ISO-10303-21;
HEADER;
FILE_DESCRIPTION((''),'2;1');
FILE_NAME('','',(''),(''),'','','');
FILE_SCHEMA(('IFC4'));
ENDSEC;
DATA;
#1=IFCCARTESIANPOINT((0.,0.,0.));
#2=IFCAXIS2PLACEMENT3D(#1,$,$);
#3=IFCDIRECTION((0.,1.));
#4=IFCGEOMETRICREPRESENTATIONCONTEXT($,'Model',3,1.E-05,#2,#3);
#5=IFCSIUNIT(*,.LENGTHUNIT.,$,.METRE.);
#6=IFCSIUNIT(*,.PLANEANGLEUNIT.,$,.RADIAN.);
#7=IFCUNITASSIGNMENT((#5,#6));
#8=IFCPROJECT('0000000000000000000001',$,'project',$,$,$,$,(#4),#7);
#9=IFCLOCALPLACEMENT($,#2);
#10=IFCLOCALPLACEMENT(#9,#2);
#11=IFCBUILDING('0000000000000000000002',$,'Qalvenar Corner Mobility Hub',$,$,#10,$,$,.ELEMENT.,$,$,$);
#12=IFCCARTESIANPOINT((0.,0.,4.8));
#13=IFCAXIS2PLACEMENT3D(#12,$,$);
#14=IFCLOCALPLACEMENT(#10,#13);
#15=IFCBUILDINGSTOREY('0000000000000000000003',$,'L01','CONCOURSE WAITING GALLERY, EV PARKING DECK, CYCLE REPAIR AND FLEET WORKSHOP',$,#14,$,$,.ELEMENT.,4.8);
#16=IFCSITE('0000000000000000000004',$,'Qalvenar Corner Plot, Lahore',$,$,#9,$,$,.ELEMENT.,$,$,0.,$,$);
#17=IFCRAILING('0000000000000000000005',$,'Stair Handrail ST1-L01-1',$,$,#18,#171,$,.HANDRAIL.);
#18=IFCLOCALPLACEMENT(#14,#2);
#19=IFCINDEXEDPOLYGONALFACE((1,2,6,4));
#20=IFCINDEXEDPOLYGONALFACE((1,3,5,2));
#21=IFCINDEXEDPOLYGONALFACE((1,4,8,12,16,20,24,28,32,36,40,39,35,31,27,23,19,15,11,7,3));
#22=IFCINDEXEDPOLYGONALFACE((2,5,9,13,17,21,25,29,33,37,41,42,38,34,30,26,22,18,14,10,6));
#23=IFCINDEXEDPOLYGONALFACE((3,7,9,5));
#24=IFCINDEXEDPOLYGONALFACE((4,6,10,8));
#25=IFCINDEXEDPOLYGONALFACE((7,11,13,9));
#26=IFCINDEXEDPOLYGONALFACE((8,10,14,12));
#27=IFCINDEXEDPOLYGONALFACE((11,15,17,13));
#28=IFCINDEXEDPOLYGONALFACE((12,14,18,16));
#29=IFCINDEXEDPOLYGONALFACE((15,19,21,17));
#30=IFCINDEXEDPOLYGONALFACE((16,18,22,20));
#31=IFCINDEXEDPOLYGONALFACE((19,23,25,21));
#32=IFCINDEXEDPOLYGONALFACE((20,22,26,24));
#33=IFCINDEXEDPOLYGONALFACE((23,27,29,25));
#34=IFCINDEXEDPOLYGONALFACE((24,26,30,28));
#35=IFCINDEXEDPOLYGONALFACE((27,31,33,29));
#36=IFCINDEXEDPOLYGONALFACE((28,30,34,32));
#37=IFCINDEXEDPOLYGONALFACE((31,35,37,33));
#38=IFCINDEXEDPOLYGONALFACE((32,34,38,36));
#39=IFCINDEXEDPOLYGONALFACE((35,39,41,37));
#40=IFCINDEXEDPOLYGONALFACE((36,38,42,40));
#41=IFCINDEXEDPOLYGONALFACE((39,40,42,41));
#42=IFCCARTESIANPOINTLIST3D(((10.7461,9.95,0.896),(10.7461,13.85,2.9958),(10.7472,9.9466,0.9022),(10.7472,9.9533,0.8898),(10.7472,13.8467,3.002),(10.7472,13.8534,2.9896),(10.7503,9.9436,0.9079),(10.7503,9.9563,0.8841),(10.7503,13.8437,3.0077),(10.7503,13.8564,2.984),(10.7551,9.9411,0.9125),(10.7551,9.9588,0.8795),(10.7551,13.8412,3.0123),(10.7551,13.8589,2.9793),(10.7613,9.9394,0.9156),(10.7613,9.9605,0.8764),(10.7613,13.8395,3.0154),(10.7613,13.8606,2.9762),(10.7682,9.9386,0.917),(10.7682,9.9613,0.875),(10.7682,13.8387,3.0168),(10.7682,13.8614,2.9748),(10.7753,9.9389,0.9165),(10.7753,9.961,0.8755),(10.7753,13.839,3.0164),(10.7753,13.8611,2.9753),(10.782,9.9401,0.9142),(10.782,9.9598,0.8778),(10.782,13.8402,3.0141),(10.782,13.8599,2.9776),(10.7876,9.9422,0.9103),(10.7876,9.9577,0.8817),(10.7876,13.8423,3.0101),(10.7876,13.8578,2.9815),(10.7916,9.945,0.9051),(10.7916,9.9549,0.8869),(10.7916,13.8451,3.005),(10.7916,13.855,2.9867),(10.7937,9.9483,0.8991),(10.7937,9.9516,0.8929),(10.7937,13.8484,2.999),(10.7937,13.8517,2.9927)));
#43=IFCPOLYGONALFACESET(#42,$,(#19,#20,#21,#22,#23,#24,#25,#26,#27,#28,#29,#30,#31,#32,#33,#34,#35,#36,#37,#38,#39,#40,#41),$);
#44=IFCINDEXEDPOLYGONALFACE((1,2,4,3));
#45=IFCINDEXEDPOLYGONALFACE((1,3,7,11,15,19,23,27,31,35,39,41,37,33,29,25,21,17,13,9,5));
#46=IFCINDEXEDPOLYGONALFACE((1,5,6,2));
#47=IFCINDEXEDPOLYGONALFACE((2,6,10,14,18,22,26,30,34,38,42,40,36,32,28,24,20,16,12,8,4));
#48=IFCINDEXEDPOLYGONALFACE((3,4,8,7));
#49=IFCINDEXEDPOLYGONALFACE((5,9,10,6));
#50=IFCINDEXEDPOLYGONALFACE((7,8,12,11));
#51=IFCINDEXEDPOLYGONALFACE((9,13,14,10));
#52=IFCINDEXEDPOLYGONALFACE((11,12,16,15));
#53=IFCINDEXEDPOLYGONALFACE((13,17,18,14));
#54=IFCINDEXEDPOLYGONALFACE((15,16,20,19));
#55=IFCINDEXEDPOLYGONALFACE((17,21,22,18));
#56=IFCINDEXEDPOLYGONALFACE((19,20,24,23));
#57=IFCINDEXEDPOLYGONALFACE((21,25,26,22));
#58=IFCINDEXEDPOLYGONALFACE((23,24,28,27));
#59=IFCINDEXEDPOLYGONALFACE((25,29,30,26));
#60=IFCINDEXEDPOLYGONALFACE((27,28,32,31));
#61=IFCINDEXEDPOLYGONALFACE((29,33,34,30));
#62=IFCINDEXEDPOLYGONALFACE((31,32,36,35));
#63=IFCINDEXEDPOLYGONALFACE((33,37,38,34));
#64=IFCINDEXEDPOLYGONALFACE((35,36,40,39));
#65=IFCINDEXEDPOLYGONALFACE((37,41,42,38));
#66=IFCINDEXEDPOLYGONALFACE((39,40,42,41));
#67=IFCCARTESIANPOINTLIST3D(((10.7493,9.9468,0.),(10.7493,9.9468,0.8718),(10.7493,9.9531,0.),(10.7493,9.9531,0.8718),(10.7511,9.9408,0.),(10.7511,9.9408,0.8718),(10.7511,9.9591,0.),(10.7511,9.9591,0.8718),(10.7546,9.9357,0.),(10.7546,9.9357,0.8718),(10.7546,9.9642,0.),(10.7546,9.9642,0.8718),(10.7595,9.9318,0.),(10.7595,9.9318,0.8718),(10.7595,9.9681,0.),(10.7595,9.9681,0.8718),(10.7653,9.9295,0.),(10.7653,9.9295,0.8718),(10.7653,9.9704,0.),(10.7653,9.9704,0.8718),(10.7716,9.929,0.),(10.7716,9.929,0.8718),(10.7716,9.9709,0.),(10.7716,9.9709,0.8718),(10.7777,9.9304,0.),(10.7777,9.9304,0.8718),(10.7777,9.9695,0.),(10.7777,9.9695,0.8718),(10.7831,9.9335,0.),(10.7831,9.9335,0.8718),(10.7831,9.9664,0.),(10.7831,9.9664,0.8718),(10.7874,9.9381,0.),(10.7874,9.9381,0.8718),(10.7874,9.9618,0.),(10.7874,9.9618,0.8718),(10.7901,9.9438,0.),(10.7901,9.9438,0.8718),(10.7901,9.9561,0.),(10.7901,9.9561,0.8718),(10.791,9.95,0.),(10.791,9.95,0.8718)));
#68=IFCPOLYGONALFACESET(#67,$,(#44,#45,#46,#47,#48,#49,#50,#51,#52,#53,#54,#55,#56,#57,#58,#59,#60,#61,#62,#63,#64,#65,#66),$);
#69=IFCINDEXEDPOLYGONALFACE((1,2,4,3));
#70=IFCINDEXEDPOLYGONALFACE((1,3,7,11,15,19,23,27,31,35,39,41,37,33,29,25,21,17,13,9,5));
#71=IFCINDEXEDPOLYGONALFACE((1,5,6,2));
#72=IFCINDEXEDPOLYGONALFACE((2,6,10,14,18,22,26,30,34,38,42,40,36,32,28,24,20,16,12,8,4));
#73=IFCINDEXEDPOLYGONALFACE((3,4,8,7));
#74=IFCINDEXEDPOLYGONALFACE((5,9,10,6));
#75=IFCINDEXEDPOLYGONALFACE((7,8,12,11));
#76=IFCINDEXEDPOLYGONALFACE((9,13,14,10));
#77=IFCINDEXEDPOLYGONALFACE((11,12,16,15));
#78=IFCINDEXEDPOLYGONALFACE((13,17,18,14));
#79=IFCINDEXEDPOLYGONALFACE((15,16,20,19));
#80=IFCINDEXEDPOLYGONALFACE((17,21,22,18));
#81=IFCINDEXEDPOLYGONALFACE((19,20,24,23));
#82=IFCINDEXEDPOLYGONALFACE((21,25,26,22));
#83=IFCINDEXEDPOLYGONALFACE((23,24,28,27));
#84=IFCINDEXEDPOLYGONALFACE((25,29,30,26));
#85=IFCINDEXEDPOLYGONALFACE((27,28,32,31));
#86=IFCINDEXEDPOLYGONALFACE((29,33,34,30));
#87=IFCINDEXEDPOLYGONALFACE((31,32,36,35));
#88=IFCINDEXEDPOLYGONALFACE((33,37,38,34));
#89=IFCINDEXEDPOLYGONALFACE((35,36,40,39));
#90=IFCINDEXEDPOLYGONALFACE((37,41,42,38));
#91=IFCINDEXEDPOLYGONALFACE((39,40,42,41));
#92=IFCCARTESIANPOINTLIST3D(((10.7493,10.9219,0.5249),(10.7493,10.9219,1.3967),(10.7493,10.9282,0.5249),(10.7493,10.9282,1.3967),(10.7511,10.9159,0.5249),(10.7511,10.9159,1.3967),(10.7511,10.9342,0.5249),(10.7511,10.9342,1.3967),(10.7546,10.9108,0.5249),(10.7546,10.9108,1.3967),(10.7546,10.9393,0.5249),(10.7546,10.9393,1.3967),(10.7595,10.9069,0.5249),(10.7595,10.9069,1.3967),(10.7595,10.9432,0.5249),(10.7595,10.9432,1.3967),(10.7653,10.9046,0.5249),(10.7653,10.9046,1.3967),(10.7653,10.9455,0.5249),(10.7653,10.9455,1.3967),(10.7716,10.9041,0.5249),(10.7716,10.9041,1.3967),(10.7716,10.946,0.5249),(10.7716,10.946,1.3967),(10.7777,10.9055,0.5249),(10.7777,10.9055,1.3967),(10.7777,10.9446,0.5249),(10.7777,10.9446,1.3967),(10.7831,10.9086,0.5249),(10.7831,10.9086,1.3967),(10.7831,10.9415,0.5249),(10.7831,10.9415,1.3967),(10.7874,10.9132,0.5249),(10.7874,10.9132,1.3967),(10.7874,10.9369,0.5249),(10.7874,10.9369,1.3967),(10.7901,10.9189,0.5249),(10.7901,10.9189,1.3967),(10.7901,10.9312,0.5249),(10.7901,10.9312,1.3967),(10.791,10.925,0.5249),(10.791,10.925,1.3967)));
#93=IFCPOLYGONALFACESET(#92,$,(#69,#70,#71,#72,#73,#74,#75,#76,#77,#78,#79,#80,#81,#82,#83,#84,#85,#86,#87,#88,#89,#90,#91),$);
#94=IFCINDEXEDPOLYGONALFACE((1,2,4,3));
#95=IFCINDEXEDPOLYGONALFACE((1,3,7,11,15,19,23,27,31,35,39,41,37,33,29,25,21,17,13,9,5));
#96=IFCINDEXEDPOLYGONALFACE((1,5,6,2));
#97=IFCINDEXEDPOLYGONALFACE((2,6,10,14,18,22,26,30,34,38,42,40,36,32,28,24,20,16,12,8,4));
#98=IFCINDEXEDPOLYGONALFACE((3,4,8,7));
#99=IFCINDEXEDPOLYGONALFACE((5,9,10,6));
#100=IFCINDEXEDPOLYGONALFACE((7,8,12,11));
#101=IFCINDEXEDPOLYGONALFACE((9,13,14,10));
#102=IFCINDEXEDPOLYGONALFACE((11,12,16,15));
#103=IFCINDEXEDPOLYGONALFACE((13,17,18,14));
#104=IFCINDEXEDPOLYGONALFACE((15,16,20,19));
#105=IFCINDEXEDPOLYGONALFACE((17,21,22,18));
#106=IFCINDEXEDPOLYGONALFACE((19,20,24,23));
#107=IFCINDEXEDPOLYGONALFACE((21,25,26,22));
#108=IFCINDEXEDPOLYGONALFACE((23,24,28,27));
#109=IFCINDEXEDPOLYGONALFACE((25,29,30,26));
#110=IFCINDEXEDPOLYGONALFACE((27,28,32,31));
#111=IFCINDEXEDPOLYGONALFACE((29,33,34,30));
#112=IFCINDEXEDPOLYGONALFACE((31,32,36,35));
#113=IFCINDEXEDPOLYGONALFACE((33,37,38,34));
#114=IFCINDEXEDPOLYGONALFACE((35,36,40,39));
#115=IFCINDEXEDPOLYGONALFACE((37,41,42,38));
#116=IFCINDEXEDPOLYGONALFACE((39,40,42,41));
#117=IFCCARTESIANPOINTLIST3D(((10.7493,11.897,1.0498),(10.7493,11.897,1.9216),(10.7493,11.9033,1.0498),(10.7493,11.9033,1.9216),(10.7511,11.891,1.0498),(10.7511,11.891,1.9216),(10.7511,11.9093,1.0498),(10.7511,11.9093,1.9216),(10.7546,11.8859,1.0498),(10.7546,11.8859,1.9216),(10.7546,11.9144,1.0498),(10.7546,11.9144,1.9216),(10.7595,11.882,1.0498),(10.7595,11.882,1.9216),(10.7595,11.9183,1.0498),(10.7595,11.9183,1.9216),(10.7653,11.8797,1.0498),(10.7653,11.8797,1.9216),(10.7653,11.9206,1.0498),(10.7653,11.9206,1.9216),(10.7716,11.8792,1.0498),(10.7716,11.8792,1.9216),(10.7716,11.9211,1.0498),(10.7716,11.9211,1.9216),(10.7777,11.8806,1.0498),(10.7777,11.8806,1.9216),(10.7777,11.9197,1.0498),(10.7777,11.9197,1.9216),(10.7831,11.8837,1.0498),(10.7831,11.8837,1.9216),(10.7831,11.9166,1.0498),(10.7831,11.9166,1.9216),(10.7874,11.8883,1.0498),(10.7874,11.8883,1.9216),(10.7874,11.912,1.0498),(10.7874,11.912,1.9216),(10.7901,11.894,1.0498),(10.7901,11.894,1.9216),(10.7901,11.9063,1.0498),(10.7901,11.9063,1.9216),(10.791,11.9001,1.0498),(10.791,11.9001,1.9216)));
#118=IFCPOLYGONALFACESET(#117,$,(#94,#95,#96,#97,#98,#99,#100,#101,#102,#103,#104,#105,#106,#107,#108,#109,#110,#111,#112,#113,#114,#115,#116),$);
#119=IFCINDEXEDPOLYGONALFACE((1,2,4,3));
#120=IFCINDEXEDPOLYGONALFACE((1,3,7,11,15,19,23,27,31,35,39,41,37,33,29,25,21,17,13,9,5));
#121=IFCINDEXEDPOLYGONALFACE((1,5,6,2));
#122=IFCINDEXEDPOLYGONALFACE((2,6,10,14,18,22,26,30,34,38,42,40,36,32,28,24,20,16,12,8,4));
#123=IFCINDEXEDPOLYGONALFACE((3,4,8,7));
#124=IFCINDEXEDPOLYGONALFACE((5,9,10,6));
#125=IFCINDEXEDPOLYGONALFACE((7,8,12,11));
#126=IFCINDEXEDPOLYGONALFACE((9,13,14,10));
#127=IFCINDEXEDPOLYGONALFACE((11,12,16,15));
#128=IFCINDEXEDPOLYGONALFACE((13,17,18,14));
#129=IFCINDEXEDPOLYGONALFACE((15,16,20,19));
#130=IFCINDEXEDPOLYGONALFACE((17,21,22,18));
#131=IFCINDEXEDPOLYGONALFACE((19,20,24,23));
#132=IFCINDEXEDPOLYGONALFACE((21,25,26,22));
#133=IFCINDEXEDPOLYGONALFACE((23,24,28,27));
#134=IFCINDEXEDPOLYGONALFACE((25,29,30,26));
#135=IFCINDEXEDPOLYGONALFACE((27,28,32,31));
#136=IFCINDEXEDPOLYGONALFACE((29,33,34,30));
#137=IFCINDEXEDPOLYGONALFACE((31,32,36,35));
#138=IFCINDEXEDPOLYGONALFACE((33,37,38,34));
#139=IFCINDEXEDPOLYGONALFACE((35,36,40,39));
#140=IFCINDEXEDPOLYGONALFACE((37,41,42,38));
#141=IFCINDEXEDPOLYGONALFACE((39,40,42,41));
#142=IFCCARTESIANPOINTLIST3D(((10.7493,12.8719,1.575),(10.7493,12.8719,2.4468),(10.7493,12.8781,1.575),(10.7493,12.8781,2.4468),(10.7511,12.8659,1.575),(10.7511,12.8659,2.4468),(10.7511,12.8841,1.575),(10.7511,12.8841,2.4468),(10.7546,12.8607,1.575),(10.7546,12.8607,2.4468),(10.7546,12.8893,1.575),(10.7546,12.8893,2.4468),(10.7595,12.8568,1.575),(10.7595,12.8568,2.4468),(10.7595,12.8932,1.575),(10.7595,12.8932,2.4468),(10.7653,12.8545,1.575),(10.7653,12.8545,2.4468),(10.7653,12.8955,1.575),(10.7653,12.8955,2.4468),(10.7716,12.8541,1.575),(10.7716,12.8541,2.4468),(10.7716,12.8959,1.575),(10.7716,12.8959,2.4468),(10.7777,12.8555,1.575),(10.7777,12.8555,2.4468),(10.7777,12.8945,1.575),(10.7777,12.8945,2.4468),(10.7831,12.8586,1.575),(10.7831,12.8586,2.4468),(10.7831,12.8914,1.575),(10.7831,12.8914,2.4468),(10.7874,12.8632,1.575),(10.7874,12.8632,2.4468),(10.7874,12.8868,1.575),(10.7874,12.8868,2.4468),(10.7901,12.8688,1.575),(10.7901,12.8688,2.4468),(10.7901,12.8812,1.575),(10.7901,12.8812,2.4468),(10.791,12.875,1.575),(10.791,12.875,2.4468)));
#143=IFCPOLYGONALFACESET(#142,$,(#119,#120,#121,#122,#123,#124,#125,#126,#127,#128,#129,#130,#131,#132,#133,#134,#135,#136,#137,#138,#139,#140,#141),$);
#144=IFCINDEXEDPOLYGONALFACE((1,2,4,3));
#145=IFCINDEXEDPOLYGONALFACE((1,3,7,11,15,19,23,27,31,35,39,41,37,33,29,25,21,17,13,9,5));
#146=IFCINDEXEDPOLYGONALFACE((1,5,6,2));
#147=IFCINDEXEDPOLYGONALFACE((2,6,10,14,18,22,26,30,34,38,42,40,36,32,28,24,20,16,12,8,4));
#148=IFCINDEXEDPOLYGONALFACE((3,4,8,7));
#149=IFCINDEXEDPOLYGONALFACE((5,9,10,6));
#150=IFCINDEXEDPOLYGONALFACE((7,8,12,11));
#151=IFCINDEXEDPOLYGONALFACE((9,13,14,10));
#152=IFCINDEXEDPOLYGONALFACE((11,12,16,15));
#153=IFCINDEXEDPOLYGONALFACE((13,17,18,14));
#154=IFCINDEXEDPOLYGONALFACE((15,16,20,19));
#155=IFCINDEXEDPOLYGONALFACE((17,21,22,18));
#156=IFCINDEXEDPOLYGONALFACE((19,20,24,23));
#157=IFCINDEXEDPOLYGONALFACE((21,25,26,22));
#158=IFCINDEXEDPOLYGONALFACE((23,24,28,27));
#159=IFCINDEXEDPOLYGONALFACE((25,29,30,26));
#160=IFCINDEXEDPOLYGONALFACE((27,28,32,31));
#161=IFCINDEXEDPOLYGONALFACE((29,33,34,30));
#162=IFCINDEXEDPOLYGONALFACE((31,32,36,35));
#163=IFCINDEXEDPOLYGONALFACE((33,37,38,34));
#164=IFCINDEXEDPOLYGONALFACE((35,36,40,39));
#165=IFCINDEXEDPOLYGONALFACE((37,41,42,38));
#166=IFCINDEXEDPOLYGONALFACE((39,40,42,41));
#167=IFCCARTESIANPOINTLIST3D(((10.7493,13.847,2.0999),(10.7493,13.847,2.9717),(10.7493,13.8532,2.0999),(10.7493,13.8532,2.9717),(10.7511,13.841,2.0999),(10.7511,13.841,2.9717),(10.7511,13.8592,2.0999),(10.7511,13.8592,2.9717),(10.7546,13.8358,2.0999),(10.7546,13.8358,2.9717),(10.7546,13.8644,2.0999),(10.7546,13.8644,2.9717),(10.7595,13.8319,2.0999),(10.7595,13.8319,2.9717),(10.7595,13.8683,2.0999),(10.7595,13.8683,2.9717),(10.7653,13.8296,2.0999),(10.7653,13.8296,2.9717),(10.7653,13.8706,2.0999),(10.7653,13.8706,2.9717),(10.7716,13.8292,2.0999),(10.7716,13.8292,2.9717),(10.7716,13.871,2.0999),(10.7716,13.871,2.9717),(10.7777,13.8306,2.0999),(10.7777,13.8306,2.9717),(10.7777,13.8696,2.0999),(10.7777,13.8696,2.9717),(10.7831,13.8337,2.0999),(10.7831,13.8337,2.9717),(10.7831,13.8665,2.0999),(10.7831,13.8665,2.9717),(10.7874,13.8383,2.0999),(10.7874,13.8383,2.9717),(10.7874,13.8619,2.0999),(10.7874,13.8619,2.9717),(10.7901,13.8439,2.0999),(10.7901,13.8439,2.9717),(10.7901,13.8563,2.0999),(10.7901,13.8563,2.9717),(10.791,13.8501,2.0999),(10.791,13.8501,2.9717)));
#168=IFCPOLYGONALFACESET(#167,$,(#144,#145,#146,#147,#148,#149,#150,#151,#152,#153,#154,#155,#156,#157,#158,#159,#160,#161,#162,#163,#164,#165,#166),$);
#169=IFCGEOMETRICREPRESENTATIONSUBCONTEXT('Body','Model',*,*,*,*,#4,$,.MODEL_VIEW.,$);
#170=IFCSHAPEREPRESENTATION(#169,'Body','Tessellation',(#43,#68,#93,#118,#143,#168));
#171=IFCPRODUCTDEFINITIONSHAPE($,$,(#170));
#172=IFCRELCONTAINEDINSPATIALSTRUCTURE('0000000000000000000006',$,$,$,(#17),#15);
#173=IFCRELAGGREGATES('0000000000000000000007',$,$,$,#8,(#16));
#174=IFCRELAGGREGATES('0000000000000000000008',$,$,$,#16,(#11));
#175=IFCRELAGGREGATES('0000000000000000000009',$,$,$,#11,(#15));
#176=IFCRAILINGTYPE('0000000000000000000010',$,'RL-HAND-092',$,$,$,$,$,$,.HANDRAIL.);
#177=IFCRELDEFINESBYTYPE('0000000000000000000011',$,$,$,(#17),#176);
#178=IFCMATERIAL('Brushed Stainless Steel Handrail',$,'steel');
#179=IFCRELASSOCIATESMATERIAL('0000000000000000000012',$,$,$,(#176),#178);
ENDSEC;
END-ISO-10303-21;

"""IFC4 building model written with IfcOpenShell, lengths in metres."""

from ifc_helpers import new_model, si_unit, direction, frame, origin, origin_2d, place, context, subcontext, project, spatial, circle, extrude, material, type_object, element, save


model = new_model("IFC4")

# Units and contexts
model_context = context("Model", 3, precision=1e-05, world=origin(), true_north=direction((0.0, 1.0)))
body_context = subcontext(model_context, "Body", "Model", "MODEL_VIEW")
ifc_project = project(units=[si_unit("LENGTHUNIT", "METRE"), si_unit("PLANEANGLEUNIT", "RADIAN")], contexts=[model_context])

# Site, building, storey
site_placement = place(None, origin())
site = spatial("IfcSite", under=ifc_project, at=site_placement, Name="Qalvenar Corner Plot, Lahore", CompositionType="ELEMENT", RefElevation=0.0)
building_placement = place(site_placement, origin())
building = spatial("IfcBuilding", under=site, at=building_placement, Name="Qalvenar Corner Mobility Hub", CompositionType="ELEMENT")
storey_placement = place(building_placement, frame((0.0, 0.0, 4.8)))
storey = spatial("IfcBuildingStorey", under=building, at=storey_placement, Name="L01", Description="CONCOURSE WAITING GALLERY, EV PARKING DECK, CYCLE REPAIR AND FLEET WORKSHOP", CompositionType="ELEMENT", Elevation=4.8)

# Railing
ifc_material_1 = material(Name="Brushed Stainless Steel Handrail", Category="steel")
railing_type_1 = type_object("IfcRailingType", Name="RL-HAND-092", PredefinedType="HANDRAIL", material=ifc_material_1)
railing_1_placement = place(storey_placement, frame((10.77, 9.95, 0.0)))
element("IfcRailing", 1, at=railing_1_placement, inside=storey, type_object=railing_type_1, Name="Stair Handrail ST1-L01-1", PredefinedType="HANDRAIL", context=body_context, shape_type="SweptSolid", body=[
    extrude(circle(Radius=0.0239, at=origin_2d()), frame((0.0, 0.0, 0.896), z_axis=(0.0, 0.880492, 0.47406), x_axis=(-1.0, 0.0, 0.0)), (0.0, 0.0, 1.0), 4.4294),
    extrude(circle(Radius=0.021, at=origin_2d()), origin(), (0.0, 0.0, 1.0), 0.8718),
    extrude(circle(Radius=0.021, at=origin_2d()), frame((0.0, 0.9751, 0.5249)), (0.0, 0.0, 1.0), 0.8718),
    extrude(circle(Radius=0.021, at=origin_2d()), frame((0.0, 1.9502, 1.0498)), (0.0, 0.0, 1.0), 0.8718),
    extrude(circle(Radius=0.021, at=origin_2d()), frame((0.0, 2.925, 1.575)), (0.0, 0.0, 1.0), 0.8718),
    extrude(circle(Radius=0.021, at=origin_2d()), frame((0.0, 3.9001, 2.0999)), (0.0, 0.0, 1.0), 0.8718),
])

save(model, "model.ifc")
